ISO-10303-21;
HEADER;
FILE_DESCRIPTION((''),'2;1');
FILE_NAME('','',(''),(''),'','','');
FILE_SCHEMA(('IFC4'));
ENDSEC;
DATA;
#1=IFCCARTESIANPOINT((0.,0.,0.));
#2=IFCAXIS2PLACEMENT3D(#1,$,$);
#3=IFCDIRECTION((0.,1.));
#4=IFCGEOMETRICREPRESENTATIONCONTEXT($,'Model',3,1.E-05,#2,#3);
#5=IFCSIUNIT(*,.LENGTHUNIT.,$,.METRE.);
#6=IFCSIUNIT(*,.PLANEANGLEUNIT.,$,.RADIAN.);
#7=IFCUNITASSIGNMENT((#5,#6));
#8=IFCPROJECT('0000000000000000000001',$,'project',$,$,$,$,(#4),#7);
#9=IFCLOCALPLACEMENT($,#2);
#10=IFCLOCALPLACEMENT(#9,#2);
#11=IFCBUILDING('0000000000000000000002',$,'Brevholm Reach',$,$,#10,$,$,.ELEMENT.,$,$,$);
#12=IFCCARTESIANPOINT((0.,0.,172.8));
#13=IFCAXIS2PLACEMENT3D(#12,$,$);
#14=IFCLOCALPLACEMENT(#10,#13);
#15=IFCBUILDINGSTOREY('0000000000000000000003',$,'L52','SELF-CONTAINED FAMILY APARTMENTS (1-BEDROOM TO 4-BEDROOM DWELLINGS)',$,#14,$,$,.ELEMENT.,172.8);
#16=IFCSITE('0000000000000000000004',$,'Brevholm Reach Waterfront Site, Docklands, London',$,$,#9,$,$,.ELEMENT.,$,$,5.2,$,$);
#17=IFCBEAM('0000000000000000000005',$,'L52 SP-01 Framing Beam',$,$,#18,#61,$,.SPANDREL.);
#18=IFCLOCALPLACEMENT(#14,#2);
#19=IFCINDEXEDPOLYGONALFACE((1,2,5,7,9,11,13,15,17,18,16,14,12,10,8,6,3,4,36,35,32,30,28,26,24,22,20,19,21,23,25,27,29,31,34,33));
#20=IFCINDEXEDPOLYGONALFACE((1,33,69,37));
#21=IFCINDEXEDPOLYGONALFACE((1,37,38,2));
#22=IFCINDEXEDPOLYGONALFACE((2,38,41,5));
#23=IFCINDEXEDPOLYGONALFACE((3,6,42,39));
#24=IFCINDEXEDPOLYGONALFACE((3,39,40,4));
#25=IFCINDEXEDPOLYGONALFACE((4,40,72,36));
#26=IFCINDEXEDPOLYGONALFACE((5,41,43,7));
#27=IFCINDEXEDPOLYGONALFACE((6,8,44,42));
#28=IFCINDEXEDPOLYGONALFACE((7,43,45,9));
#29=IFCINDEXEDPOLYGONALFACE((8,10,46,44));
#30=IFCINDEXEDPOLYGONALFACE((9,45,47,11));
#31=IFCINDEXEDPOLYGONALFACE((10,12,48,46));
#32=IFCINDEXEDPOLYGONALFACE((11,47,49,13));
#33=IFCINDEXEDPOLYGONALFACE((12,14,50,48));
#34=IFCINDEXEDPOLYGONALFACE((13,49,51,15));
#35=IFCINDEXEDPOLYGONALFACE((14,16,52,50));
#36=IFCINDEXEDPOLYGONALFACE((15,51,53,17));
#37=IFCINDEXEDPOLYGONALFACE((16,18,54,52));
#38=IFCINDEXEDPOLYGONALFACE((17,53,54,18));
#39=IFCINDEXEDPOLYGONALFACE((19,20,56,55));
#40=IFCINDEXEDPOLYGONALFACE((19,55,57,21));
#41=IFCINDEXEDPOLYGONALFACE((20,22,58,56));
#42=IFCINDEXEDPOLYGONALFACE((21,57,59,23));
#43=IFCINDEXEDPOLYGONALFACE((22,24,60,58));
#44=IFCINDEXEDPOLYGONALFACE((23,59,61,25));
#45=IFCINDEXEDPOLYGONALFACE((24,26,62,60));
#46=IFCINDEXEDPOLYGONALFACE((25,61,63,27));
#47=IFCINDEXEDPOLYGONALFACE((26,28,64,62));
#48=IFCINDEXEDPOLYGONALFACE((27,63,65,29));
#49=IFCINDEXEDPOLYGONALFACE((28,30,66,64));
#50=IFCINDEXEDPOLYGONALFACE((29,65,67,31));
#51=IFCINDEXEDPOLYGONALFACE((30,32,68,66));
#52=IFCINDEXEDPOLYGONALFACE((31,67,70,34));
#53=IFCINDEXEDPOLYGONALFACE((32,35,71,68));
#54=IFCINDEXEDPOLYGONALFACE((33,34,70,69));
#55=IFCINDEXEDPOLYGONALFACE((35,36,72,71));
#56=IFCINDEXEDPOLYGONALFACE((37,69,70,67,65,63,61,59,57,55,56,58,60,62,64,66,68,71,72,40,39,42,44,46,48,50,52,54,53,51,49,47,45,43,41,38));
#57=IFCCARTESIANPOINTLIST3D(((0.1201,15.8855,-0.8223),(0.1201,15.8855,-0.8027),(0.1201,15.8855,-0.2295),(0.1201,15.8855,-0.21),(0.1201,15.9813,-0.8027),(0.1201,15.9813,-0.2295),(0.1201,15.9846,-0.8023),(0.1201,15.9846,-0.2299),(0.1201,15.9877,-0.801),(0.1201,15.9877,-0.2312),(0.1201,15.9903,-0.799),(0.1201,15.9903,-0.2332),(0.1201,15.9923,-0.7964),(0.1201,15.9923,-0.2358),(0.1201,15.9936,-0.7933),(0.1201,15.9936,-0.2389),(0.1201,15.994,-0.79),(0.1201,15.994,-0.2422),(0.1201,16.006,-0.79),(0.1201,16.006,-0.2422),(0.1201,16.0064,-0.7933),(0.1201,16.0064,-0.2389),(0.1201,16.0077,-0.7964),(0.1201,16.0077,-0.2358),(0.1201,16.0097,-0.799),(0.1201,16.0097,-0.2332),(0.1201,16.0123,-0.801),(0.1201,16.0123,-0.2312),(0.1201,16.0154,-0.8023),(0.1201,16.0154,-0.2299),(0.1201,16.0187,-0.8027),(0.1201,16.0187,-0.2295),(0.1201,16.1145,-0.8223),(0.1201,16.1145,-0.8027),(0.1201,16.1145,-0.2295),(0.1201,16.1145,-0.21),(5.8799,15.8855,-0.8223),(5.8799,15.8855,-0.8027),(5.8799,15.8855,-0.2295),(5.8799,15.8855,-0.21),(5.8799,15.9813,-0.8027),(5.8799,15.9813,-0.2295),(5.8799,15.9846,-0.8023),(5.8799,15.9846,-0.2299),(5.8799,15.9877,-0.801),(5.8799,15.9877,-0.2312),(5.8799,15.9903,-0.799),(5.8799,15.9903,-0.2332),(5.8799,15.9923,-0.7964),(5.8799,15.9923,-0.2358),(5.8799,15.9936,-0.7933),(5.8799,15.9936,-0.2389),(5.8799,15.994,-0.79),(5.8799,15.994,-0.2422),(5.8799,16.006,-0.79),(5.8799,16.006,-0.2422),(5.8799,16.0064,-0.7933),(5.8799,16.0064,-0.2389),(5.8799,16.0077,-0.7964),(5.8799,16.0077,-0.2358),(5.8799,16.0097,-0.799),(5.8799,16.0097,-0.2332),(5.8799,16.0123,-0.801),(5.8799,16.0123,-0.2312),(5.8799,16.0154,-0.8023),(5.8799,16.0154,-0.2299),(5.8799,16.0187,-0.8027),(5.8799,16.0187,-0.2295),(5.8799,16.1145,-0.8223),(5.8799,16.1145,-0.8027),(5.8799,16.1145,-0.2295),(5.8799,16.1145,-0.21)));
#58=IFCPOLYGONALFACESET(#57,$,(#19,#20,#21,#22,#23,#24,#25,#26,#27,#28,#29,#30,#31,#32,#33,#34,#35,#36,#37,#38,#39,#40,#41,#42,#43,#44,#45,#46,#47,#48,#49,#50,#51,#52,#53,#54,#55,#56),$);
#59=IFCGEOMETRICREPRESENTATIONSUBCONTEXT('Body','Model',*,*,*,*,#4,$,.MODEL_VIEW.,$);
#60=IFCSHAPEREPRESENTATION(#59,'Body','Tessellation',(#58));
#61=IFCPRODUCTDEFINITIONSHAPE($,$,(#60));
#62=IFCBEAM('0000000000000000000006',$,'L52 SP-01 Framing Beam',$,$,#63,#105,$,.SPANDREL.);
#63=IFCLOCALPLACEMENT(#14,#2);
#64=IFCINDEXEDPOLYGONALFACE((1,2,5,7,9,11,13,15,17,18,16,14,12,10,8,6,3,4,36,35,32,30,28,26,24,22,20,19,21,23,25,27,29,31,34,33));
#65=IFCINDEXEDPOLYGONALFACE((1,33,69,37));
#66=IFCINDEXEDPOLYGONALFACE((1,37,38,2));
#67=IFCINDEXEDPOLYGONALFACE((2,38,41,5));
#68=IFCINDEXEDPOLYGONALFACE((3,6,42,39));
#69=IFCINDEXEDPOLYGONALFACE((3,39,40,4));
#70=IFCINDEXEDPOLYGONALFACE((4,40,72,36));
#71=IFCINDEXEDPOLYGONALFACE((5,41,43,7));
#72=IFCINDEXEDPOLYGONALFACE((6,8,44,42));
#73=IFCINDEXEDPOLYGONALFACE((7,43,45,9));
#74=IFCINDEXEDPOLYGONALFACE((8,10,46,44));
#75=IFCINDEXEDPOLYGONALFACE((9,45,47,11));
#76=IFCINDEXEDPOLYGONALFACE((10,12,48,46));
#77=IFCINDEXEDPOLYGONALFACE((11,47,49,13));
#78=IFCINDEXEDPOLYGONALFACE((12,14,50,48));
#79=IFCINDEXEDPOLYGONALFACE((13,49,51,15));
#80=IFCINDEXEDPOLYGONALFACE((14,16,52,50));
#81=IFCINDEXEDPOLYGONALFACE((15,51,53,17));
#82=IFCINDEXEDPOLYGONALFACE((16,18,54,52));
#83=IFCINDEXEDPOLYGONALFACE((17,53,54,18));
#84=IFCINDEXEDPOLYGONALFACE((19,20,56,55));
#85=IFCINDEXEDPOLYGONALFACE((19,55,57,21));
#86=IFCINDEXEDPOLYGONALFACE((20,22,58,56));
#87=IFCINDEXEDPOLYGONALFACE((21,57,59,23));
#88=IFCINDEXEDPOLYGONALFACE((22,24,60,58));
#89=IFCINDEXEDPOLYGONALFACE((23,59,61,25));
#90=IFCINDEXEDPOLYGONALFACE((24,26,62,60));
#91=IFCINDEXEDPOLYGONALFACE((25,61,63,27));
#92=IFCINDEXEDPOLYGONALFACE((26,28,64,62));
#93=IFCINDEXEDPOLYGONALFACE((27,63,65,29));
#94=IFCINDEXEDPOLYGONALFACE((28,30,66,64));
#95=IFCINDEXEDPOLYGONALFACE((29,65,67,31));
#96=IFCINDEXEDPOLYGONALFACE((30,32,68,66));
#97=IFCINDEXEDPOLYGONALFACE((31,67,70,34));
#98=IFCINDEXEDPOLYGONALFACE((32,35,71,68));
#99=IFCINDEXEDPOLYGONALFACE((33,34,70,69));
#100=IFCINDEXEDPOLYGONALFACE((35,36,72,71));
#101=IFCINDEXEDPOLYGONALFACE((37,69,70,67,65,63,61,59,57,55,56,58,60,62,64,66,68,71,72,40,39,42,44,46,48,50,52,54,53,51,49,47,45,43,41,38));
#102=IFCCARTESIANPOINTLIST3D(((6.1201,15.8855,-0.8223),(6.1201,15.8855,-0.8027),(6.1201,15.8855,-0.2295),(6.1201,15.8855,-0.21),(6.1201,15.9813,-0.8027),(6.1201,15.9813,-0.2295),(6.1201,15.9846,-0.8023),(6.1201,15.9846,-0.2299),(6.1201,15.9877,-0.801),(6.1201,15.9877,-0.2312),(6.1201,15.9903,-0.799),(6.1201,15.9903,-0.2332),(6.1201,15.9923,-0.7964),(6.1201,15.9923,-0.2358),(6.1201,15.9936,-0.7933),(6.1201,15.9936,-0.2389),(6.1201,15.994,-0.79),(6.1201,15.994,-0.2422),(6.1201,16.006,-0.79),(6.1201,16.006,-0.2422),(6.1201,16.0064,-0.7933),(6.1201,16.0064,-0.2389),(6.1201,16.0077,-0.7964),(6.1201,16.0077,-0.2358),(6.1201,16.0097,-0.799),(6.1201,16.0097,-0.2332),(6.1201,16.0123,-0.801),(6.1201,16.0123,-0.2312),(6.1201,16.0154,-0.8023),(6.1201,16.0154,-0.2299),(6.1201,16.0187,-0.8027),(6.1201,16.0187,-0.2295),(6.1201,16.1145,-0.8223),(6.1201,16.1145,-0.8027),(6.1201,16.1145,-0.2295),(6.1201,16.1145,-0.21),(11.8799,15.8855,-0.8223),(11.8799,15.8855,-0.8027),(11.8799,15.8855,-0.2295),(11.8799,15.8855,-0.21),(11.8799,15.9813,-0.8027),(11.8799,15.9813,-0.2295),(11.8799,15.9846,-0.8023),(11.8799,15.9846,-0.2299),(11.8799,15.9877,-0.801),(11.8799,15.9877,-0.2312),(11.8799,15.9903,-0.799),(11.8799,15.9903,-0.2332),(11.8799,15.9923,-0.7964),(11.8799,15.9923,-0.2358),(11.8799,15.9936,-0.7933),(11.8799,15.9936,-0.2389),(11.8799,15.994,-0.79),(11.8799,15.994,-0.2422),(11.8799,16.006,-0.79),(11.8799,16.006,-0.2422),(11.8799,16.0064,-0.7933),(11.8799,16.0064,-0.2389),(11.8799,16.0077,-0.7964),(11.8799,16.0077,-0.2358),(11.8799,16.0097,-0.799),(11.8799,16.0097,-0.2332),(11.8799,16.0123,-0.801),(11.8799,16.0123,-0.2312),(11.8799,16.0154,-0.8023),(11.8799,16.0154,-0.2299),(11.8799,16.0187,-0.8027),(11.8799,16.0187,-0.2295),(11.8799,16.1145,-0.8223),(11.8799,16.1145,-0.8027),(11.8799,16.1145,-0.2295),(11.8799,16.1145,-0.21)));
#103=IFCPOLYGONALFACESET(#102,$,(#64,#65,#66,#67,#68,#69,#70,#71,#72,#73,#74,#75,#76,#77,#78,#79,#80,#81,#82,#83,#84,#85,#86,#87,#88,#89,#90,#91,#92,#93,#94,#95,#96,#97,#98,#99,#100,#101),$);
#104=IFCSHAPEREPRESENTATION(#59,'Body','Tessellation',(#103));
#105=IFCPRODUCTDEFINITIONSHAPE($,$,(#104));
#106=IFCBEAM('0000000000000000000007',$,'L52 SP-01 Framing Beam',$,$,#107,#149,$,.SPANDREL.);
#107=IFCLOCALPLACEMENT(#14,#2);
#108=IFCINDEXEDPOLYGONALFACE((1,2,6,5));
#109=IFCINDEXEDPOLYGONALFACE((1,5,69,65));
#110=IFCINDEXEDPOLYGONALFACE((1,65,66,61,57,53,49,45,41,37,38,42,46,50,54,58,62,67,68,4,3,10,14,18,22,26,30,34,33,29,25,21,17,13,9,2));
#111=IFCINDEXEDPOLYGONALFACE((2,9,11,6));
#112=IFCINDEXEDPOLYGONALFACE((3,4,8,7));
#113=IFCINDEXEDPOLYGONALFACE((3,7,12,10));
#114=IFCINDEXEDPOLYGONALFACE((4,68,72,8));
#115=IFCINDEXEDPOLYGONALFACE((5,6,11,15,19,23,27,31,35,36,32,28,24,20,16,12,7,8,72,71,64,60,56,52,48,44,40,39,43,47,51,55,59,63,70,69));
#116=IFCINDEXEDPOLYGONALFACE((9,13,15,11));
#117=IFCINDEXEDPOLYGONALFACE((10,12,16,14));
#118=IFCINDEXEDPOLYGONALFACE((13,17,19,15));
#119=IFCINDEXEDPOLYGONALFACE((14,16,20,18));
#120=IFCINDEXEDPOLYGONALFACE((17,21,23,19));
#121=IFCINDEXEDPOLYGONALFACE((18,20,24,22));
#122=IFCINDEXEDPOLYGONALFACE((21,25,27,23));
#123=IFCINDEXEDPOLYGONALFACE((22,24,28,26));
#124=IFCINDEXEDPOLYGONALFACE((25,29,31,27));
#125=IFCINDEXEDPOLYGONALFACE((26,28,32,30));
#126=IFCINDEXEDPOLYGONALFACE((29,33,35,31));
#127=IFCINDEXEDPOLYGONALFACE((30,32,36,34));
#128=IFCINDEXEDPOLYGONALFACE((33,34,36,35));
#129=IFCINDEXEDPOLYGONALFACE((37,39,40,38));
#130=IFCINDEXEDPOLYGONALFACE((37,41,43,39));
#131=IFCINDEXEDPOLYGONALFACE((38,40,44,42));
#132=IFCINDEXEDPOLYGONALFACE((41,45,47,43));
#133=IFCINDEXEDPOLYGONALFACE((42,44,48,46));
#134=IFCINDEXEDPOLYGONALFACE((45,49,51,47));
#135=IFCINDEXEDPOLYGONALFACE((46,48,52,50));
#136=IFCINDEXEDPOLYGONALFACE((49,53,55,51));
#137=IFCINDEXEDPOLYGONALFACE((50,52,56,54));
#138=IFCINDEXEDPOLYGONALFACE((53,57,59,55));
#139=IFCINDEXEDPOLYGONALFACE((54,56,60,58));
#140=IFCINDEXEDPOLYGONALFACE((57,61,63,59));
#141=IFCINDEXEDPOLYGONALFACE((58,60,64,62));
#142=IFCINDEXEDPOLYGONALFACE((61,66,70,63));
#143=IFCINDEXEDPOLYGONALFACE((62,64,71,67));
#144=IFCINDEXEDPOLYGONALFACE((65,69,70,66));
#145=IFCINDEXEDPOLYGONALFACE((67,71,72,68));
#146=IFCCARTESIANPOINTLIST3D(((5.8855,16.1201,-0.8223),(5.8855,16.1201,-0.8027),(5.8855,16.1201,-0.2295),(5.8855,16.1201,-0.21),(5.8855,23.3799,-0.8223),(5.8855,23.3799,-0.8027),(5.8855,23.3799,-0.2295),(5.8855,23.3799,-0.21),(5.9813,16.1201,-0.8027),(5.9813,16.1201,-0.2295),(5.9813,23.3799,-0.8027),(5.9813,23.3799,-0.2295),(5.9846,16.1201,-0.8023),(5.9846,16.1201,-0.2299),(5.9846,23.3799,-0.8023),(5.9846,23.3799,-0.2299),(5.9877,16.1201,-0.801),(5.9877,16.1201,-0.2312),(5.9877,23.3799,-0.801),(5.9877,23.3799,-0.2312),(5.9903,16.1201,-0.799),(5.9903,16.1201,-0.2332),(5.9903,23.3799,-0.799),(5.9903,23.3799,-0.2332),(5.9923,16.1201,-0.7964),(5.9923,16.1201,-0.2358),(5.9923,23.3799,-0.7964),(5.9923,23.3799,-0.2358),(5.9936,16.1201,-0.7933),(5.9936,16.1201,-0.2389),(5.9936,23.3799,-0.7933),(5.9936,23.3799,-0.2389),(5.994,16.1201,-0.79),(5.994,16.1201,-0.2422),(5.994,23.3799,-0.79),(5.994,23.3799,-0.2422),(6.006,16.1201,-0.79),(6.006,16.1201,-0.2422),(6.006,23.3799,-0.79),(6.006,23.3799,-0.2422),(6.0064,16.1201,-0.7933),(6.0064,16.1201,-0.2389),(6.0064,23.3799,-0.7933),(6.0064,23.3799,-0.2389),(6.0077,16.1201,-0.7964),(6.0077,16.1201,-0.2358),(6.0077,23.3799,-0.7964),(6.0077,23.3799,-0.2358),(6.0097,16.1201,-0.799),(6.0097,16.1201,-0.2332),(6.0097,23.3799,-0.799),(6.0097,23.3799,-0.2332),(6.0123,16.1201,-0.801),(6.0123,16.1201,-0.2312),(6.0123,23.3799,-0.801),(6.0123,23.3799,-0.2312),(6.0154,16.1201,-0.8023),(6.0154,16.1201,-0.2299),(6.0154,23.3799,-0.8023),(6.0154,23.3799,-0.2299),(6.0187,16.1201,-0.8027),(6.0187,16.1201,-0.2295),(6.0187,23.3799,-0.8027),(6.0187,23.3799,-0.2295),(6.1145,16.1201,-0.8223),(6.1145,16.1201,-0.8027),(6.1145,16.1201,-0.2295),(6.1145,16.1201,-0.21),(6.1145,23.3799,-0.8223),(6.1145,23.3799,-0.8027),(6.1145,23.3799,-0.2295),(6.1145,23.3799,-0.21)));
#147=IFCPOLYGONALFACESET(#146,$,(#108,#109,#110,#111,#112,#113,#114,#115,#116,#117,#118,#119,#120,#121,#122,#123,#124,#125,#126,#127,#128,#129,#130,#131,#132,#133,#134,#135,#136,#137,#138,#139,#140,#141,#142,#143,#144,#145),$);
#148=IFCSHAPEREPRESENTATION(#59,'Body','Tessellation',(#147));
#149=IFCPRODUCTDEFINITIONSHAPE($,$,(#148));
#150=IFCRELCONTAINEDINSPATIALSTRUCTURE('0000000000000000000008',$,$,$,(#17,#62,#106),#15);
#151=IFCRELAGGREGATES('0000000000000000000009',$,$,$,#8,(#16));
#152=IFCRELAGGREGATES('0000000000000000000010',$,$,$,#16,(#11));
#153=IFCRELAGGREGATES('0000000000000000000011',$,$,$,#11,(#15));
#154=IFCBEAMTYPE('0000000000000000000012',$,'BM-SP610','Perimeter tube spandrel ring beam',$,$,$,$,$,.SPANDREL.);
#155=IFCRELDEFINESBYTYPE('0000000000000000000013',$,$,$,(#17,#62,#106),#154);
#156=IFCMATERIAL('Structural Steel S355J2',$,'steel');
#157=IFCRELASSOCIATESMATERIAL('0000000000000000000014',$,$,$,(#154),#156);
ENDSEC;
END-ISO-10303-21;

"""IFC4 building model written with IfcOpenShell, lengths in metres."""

from ifc_helpers import new_model, si_unit, direction, frame, origin, origin_2d, place, context, subcontext, project, spatial, i_section, extrude, material, material_profile, profile_set, type_object, element, save


model = new_model("IFC4")

# Units and contexts
model_context = context("Model", 3, precision=1e-05, world=origin(), true_north=direction((0.0, 1.0)))
body_context = subcontext(model_context, "Body", "Model", "MODEL_VIEW")
ifc_project = project(units=[si_unit("LENGTHUNIT", "METRE"), si_unit("PLANEANGLEUNIT", "RADIAN")], contexts=[model_context])

# Site, building, storey
site_placement = place(None, origin())
site = spatial("IfcSite", under=ifc_project, at=site_placement, Name="Brevholm Reach Waterfront Site, Docklands, London", CompositionType="ELEMENT", RefElevation=5.2)
building_placement = place(site_placement, origin())
building = spatial("IfcBuilding", under=site, at=building_placement, Name="Brevholm Reach", CompositionType="ELEMENT")
storey_placement = place(building_placement, frame((0.0, 0.0, 172.8)))
storey = spatial("IfcBuildingStorey", under=building, at=storey_placement, Name="L52", Description="SELF-CONTAINED FAMILY APARTMENTS (1-BEDROOM TO 4-BEDROOM DWELLINGS)", CompositionType="ELEMENT", Elevation=172.8)

# Beams
ifc_material_1 = material(Name="Structural Steel S355J2", Category="steel")
ifc_material_profile_1 = material_profile(ifc_material_1, i_section(OverallWidth=0.229, OverallDepth=0.6123, WebThickness=0.012, FlangeThickness=0.0195, FilletRadius=0.0127, at=origin_2d()), Name="UKB 610x229x125")
ifc_profile_set_1 = profile_set([ifc_material_profile_1], Name="Structural Steel S355J2")
beam_type_1 = type_object("IfcBeamType", Name="BM-SP610", Description="Perimeter tube spandrel ring beam", PredefinedType="SPANDREL", material=ifc_profile_set_1)
for number, where, z_axis, x_axis, name in (
    (1, (0.1201, 16.0, -0.5161), (1.0, 0.0, 0.0), (0.0, 1.0, 0.0), "L52 SP-01 Framing Beam"),
    (2, (6.1201, 16.0, -0.5161), (1.0, 0.0, 0.0), (0.0, 1.0, 0.0), "L52 SP-01 Framing Beam"),
):
    element("IfcBeam", number, at=place(storey_placement, frame(where, z_axis=z_axis, x_axis=x_axis)), inside=storey, type_object=beam_type_1, Name=name, PredefinedType="SPANDREL", context=body_context, shape_type="SweptSolid", body=[
        extrude(i_section(OverallWidth=0.229, OverallDepth=0.6123, WebThickness=0.012, FlangeThickness=0.0195, FilletRadius=0.0127, at=origin_2d()), origin(), (0.0, 0.0, 1.0), 5.7598),
    ])
beam_1_placement = place(storey_placement, frame((6.0, 16.1201, -0.5161), z_axis=(0.0, 1.0, 0.0), x_axis=(-1.0, 0.0, 0.0)))
element("IfcBeam", 3, at=beam_1_placement, inside=storey, type_object=beam_type_1, Name="L52 SP-01 Framing Beam", PredefinedType="SPANDREL", context=body_context, shape_type="SweptSolid", body=[
    extrude(i_section(OverallWidth=0.229, OverallDepth=0.6123, WebThickness=0.012, FlangeThickness=0.0195, FilletRadius=0.0127, at=origin_2d()), origin(), (0.0, 0.0, 1.0), 7.2598),
])

save(model, "model.ifc")
